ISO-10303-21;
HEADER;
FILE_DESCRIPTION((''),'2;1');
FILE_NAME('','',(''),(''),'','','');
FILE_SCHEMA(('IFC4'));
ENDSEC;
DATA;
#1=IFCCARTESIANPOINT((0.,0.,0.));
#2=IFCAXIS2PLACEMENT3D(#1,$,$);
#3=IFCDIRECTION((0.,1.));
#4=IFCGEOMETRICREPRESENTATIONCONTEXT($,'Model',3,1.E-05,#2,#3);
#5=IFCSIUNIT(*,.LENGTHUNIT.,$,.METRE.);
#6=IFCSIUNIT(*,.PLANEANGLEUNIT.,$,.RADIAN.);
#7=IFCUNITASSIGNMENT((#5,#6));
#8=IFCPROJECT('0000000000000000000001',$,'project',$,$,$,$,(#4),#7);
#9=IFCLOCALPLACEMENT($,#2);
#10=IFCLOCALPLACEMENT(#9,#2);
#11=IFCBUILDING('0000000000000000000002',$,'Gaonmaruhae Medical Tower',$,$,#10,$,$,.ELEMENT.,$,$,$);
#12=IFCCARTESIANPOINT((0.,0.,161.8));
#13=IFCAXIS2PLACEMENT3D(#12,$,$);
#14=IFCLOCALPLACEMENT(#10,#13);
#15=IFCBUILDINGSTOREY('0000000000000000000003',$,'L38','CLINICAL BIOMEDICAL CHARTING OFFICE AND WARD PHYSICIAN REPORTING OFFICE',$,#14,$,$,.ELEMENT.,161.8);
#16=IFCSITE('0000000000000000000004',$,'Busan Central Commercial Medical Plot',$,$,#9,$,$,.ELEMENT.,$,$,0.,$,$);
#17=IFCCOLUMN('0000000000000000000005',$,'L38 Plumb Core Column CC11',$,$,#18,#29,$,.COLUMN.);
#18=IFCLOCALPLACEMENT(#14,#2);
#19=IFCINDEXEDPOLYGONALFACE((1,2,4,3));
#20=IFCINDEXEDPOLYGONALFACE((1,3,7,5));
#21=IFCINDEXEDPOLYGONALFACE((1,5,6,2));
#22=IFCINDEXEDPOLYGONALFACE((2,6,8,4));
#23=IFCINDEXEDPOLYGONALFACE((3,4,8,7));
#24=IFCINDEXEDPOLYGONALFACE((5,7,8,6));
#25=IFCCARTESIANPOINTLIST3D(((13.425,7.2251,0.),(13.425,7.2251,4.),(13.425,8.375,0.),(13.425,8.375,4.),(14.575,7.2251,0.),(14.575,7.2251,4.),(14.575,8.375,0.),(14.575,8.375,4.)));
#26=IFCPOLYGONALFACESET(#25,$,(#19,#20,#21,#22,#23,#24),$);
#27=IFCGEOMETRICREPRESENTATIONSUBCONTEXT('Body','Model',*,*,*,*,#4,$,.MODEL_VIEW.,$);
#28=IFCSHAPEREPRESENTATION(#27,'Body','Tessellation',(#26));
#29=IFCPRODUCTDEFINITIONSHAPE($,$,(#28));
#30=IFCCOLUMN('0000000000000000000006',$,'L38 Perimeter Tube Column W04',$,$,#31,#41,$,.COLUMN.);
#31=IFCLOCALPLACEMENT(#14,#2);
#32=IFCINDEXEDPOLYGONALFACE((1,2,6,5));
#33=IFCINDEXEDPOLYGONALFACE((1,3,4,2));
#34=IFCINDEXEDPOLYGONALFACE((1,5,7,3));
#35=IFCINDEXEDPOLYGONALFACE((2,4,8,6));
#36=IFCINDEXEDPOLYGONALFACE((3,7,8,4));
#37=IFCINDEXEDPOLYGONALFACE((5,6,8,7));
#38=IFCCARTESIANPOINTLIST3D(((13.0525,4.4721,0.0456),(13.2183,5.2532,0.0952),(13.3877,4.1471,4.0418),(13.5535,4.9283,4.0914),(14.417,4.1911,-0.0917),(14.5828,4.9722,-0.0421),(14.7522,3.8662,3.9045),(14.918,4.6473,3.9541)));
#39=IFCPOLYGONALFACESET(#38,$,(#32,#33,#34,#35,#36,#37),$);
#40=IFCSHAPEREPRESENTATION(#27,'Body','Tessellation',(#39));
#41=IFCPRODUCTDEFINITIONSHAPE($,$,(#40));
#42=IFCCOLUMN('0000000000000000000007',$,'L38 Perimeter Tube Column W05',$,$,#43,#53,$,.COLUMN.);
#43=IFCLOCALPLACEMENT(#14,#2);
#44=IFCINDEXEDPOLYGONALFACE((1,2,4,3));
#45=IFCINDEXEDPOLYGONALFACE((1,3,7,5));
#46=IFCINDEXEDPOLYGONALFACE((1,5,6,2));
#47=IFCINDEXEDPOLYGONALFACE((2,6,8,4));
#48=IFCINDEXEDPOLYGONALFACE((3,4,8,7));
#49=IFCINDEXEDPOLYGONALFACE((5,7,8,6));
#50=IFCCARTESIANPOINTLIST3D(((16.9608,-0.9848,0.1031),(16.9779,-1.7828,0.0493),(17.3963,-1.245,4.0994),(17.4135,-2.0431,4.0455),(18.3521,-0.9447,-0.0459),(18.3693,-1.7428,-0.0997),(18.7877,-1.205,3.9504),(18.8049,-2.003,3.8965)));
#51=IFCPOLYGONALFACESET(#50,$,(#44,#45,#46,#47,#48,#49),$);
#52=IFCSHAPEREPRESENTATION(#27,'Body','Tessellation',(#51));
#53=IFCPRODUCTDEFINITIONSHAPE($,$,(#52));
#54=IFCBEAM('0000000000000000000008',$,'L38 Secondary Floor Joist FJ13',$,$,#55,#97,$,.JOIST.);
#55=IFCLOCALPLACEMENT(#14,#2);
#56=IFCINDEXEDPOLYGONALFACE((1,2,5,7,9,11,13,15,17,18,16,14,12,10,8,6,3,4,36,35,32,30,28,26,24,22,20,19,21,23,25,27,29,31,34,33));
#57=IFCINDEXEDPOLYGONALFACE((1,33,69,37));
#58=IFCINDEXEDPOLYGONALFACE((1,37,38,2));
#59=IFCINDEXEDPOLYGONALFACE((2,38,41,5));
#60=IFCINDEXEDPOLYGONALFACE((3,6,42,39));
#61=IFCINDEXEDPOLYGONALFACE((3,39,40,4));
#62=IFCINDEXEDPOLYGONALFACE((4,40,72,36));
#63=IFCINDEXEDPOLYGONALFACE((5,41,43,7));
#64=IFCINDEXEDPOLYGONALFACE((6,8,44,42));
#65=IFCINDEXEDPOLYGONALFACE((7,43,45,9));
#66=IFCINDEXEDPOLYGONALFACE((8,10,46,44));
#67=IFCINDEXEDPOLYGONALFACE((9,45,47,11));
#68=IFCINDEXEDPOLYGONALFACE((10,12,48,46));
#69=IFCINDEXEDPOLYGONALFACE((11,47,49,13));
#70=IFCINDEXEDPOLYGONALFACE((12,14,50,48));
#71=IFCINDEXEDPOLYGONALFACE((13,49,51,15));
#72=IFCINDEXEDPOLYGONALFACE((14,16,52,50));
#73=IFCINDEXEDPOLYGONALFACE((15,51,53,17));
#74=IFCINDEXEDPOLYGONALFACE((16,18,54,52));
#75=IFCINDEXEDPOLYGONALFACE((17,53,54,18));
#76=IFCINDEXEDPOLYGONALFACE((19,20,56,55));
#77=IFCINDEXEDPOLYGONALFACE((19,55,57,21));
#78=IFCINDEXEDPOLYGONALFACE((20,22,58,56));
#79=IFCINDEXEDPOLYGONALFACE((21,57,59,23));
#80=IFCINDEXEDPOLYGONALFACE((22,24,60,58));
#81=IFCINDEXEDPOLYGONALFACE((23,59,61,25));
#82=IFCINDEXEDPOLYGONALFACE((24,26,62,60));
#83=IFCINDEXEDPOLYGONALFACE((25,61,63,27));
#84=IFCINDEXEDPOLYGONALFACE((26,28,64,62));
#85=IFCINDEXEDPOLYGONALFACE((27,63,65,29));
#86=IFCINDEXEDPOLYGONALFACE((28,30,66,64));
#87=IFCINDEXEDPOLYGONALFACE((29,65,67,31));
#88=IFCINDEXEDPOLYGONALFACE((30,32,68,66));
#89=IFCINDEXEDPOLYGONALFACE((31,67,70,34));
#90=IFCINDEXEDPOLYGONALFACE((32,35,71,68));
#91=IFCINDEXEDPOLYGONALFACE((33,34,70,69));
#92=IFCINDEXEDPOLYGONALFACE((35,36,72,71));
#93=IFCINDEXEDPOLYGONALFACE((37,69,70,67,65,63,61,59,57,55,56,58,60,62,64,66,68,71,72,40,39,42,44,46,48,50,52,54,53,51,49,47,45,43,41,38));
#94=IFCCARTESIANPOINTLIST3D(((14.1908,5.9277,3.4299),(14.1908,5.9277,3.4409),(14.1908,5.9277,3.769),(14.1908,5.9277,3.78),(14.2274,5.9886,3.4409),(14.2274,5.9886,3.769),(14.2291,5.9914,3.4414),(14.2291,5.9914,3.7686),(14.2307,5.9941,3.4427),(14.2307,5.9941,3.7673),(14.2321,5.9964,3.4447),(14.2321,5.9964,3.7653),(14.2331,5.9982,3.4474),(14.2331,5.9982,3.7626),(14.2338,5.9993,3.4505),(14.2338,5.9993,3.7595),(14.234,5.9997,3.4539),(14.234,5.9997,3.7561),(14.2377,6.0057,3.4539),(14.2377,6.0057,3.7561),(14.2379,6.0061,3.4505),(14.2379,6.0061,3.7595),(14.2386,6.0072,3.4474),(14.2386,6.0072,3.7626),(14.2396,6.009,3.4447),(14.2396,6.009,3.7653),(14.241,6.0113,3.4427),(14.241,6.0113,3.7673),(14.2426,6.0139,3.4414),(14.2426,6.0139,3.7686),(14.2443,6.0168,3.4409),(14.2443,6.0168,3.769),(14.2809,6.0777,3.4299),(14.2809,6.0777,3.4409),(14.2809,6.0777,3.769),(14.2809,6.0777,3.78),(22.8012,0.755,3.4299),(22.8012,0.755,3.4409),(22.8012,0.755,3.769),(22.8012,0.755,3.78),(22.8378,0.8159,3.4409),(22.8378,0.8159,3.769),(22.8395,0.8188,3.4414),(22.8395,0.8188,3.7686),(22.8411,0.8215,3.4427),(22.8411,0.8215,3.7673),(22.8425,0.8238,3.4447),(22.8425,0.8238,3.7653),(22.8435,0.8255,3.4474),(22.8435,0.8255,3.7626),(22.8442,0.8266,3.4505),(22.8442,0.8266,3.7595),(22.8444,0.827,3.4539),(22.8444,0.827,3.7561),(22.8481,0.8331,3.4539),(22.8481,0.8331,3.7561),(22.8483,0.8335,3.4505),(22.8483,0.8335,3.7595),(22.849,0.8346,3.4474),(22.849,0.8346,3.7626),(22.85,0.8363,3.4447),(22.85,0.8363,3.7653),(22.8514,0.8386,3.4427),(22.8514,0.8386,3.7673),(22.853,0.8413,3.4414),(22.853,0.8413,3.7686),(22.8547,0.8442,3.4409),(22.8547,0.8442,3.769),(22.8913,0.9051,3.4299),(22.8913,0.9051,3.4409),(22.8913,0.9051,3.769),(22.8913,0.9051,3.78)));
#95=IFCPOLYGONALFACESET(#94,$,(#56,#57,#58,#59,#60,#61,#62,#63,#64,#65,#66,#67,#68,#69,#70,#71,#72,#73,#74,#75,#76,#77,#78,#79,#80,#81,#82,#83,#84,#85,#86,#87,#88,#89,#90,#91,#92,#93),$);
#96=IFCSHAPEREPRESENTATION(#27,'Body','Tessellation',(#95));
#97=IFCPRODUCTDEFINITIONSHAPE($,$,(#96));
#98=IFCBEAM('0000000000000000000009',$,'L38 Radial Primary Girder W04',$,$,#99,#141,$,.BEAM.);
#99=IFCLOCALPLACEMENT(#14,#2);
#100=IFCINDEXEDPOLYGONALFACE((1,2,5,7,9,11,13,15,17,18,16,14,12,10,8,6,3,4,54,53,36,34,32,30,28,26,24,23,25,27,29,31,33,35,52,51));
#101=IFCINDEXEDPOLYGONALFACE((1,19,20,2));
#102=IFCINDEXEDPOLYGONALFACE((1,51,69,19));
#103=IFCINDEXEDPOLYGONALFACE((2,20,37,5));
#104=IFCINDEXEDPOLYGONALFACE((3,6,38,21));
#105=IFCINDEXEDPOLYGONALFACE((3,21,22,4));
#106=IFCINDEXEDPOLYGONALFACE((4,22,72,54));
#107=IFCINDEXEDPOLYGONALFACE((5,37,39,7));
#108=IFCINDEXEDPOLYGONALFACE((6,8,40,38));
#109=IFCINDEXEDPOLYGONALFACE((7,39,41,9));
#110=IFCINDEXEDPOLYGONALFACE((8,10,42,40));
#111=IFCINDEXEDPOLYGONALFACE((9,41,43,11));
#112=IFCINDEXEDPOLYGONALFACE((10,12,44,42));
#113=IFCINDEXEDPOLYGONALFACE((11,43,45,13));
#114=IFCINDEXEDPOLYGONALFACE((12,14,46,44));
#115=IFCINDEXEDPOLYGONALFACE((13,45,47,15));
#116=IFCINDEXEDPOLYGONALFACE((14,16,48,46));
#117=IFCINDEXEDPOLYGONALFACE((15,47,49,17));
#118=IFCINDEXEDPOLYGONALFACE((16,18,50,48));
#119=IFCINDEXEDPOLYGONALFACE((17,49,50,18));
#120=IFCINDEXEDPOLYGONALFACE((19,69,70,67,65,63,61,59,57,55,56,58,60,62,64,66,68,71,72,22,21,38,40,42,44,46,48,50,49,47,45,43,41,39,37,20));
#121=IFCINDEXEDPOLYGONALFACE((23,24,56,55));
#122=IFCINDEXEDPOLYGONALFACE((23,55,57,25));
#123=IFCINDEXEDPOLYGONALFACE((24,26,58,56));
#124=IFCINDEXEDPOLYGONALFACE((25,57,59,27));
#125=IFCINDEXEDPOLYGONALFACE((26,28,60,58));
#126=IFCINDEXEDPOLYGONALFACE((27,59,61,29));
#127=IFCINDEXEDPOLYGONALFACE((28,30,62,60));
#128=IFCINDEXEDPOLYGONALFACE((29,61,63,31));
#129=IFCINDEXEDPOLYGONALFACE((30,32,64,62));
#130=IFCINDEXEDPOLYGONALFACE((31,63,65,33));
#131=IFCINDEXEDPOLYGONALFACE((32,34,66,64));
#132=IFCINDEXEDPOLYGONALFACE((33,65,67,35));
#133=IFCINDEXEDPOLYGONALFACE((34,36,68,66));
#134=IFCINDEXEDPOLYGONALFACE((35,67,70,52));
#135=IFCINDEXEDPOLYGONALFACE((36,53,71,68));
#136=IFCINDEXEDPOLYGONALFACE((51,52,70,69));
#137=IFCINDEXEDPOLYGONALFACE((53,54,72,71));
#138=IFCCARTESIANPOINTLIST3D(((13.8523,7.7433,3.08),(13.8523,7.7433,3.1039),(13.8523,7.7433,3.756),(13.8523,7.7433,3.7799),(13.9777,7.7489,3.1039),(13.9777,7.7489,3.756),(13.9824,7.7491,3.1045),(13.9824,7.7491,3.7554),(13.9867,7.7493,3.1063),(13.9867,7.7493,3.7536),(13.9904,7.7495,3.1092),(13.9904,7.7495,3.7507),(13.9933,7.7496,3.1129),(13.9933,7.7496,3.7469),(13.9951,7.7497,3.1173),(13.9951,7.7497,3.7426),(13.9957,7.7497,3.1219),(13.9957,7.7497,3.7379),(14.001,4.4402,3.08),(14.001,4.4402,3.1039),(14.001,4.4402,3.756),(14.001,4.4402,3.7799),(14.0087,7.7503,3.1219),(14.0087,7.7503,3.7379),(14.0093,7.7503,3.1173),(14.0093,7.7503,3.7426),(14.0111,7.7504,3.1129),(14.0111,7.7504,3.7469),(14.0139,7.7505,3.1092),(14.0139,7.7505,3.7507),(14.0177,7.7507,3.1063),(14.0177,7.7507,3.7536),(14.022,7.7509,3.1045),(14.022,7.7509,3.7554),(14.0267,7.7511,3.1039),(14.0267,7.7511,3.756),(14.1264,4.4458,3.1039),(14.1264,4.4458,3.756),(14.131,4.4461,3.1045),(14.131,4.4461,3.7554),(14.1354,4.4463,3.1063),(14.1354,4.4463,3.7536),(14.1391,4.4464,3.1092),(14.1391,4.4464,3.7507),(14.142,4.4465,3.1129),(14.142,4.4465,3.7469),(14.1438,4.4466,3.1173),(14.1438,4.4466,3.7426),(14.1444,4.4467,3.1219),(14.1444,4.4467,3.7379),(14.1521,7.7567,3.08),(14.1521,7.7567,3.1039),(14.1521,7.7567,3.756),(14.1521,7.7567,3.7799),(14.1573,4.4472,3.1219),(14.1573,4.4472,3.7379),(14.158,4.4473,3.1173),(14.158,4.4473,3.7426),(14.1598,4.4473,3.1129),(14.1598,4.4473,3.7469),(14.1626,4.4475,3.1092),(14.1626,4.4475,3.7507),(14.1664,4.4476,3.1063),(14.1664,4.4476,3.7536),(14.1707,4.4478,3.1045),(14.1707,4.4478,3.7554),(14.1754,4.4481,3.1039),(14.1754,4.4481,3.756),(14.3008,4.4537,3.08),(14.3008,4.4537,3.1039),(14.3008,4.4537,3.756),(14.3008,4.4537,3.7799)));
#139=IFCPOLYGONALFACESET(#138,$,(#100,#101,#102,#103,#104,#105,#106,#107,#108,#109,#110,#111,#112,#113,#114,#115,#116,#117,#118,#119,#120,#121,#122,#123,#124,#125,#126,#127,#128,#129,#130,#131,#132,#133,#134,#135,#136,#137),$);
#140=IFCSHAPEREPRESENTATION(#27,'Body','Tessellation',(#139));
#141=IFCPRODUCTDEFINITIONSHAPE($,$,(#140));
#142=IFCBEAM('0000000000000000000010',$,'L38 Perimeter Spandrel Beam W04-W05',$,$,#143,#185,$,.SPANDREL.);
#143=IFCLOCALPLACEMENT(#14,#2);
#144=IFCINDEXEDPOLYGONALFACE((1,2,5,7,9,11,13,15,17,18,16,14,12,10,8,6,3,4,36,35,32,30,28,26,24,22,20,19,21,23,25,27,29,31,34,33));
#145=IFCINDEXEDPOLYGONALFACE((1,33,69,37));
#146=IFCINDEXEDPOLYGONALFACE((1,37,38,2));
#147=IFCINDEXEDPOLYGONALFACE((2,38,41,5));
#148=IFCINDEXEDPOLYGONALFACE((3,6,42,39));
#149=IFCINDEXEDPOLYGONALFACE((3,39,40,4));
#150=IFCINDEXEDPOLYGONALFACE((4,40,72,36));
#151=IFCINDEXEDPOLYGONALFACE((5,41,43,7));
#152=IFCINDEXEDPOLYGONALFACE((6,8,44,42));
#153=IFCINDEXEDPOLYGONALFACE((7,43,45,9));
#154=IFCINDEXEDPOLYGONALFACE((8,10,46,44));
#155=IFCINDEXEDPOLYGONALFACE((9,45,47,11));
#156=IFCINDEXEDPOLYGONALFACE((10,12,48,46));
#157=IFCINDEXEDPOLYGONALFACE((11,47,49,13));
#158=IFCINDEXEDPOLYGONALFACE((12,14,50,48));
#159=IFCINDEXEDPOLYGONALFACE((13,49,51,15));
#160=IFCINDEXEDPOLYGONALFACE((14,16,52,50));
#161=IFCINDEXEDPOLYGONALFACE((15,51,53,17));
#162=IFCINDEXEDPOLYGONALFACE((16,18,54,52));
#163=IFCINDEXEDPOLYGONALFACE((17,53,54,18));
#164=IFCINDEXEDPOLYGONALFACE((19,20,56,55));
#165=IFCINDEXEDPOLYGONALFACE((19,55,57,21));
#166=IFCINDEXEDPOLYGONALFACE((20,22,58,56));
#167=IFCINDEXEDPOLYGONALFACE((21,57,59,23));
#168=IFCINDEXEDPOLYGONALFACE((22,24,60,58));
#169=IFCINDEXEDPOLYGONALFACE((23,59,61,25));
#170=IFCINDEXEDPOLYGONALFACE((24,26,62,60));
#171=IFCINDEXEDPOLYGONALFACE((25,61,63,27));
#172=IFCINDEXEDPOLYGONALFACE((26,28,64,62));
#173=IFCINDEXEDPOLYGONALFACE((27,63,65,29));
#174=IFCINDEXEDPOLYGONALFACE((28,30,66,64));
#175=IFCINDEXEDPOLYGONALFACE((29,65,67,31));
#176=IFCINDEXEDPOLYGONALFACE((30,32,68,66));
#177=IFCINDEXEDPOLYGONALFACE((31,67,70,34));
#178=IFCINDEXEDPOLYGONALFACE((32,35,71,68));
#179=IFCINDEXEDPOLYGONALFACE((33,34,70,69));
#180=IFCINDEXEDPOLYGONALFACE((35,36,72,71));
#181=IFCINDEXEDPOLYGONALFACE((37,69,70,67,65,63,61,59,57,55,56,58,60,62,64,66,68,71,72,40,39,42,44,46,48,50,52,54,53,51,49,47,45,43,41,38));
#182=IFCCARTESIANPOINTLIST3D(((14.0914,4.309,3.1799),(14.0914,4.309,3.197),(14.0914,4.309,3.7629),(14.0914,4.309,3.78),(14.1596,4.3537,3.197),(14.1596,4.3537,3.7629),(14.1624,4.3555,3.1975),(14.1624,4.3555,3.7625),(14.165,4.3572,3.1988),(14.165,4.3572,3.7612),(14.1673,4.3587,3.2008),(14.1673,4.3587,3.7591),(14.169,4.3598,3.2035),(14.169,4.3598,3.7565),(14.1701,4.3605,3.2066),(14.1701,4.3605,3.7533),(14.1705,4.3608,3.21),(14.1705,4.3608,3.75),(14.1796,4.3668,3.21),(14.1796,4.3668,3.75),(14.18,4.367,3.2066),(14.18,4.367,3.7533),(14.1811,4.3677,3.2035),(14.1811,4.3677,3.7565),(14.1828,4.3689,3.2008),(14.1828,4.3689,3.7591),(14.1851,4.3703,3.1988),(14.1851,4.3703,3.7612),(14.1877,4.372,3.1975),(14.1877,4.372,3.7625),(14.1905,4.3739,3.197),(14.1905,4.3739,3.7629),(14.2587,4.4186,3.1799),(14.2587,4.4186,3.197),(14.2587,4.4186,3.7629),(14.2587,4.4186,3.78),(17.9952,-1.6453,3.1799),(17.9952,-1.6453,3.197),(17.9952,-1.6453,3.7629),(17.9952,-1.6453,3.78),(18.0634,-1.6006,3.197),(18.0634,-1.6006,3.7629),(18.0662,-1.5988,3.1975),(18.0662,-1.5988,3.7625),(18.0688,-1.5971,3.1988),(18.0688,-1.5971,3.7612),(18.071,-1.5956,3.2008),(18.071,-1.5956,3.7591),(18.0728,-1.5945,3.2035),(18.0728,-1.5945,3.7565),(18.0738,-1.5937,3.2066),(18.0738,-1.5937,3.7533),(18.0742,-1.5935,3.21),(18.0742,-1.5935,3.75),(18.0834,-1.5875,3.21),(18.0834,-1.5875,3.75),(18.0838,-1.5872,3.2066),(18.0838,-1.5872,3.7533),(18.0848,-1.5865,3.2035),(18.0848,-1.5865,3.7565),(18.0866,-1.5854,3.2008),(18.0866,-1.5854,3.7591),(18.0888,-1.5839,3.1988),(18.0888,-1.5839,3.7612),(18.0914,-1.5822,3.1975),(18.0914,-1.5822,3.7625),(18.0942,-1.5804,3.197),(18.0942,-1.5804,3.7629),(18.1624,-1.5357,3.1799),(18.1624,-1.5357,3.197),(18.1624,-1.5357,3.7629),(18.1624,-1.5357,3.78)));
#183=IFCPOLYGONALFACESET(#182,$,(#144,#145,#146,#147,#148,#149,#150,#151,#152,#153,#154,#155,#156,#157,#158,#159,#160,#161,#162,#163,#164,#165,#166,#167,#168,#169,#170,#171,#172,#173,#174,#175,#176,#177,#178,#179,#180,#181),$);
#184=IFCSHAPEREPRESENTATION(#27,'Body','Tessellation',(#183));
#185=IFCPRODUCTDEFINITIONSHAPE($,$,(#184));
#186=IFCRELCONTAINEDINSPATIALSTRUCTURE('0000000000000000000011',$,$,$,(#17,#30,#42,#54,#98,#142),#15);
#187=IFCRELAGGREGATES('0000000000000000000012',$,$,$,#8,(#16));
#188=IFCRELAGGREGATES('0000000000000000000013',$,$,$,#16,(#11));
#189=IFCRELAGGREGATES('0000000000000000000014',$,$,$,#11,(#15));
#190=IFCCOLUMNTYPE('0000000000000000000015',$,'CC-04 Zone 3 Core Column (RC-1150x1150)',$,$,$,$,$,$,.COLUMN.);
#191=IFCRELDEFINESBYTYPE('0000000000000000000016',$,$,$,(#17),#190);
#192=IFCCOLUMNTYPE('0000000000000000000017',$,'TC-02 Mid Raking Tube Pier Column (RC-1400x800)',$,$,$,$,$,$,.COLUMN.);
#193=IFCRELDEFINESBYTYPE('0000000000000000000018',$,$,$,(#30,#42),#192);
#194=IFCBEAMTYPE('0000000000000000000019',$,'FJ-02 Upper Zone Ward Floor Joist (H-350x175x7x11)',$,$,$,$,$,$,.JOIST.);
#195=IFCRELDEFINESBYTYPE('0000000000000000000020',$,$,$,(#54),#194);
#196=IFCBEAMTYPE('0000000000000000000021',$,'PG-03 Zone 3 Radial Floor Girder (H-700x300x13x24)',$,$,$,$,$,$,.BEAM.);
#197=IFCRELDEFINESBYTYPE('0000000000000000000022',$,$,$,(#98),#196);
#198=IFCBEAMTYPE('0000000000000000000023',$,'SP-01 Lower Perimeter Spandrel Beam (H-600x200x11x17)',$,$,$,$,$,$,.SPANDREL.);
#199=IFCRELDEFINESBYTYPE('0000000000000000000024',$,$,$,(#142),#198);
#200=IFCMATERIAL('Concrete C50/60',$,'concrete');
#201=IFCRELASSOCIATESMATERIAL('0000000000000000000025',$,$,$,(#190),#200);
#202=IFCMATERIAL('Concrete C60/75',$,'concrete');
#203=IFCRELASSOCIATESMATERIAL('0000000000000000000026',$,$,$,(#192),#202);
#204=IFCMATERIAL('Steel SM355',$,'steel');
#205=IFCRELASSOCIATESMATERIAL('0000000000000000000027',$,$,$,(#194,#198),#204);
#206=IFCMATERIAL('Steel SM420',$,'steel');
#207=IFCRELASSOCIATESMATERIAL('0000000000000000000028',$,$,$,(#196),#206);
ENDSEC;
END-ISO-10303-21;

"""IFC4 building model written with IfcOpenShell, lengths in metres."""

from ifc_helpers import new_model, si_unit, direction, frame, origin, origin_2d, place, context, subcontext, project, spatial, rectangle, i_section, extrude, material, material_profile, profile_set, type_object, element, save


model = new_model("IFC4")

# Units and contexts
model_context = context("Model", 3, precision=1e-05, world=origin(), true_north=direction((0.0, 1.0)))
body_context = subcontext(model_context, "Body", "Model", "MODEL_VIEW")
ifc_project = project(units=[si_unit("LENGTHUNIT", "METRE"), si_unit("PLANEANGLEUNIT", "RADIAN")], contexts=[model_context])

# Site, building, storey
site_placement = place(None, origin())
site = spatial("IfcSite", under=ifc_project, at=site_placement, Name="Busan Central Commercial Medical Plot", CompositionType="ELEMENT", RefElevation=0.0)
building_placement = place(site_placement, origin())
building = spatial("IfcBuilding", under=site, at=building_placement, Name="Gaonmaruhae Medical Tower", CompositionType="ELEMENT")
storey_placement = place(building_placement, frame((0.0, 0.0, 161.8)))
storey = spatial("IfcBuildingStorey", under=building, at=storey_placement, Name="L38", Description="CLINICAL BIOMEDICAL CHARTING OFFICE AND WARD PHYSICIAN REPORTING OFFICE", CompositionType="ELEMENT", Elevation=161.8)

# Columns
ifc_material_1 = material(Name="Concrete C50/60", Category="concrete")
ifc_material_profile_1 = material_profile(ifc_material_1, rectangle(XDim=1.1499, YDim=1.1499, at=origin_2d()), Name="RC-1150x1150")
ifc_profile_set_1 = profile_set([ifc_material_profile_1], Name="Concrete C50/60")
column_type_1 = type_object("IfcColumnType", Name="CC-04 Zone 3 Core Column (RC-1150x1150)", PredefinedType="COLUMN", material=ifc_profile_set_1)
column_1_placement = place(storey_placement, frame((14.0, 7.8, 0.0), z_axis=(0.0, 0.0, 1.0), x_axis=(1.0, 0.0, 0.0)))
element("IfcColumn", 1, at=column_1_placement, inside=storey, type_object=column_type_1, Name="L38 Plumb Core Column CC11", PredefinedType="COLUMN", context=body_context, shape_type="SweptSolid", body=[
    extrude(rectangle(XDim=1.1499, YDim=1.1499, at=origin_2d()), origin(), (0.0, 0.0, 1.0), 4.0),
])
ifc_material_2 = material(Name="Concrete C60/75", Category="concrete")
ifc_material_profile_2 = material_profile(ifc_material_2, rectangle(XDim=1.3999, YDim=0.8, at=origin_2d()), Name="RC-1400x800")
ifc_profile_set_2 = profile_set([ifc_material_profile_2], Name="Concrete C60/75")
column_type_2 = type_object("IfcColumnType", Name="TC-02 Mid Raking Tube Pier Column (RC-1400x800)", PredefinedType="COLUMN", material=ifc_profile_set_2)
column_2_placement = place(storey_placement, frame((13.8176, 4.7222, 0.0017), z_axis=(0.083312, -0.080763, 0.993245), x_axis=(-0.974732, 0.200695, 0.098078)))
element("IfcColumn", 2, at=column_2_placement, inside=storey, type_object=column_type_2, Name="L38 Perimeter Tube Column W04", PredefinedType="COLUMN", context=body_context, shape_type="SweptSolid", body=[
    extrude(rectangle(XDim=1.3999, YDim=0.8, at=origin_2d()), origin(), (0.0, 0.0, 1.0), 4.0234),
])
column_3_placement = place(storey_placement, frame((17.665, -1.3638, 0.0017), z_axis=(0.108119, -0.064604, 0.992037), x_axis=(-0.993906, -0.028587, 0.106461)))
element("IfcColumn", 3, at=column_3_placement, inside=storey, type_object=column_type_2, Name="L38 Perimeter Tube Column W05", PredefinedType="COLUMN", context=body_context, shape_type="SweptSolid", body=[
    extrude(rectangle(XDim=1.3999, YDim=0.8, at=origin_2d()), origin(), (0.0, 0.0, 1.0), 4.0283),
])

# Beams
ifc_material_3 = material(Name="Steel SM355", Category="steel")
ifc_material_profile_3 = material_profile(ifc_material_3, i_section(OverallWidth=0.175, OverallDepth=0.3501, WebThickness=0.0071, FlangeThickness=0.011, FilletRadius=0.0129, at=origin_2d()), Name="H-350x175x7x11")
ifc_profile_set_3 = profile_set([ifc_material_profile_3], Name="Steel SM355")
beam_type_1 = type_object("IfcBeamType", Name="FJ-02 Upper Zone Ward Floor Joist (H-350x175x7x11)", PredefinedType="JOIST", material=ifc_profile_set_3)
beam_1_placement = place(storey_placement, frame((14.2358, 6.0027, 3.605), z_axis=(0.857212, -0.514964, 0.0), x_axis=(0.514964, 0.857212, 0.0)))
element("IfcBeam", 4, at=beam_1_placement, inside=storey, type_object=beam_type_1, Name="L38 Secondary Floor Joist FJ13", PredefinedType="JOIST", context=body_context, shape_type="SweptSolid", body=[
    extrude(i_section(OverallWidth=0.175, OverallDepth=0.3501, WebThickness=0.0071, FlangeThickness=0.011, FilletRadius=0.0129, at=origin_2d()), origin(), (0.0, 0.0, 1.0), 10.0447),
])
ifc_material_4 = material(Name="Steel SM420", Category="steel")
ifc_material_profile_4 = material_profile(ifc_material_4, i_section(OverallWidth=0.3, OverallDepth=0.7, WebThickness=0.0129, FlangeThickness=0.0239, FilletRadius=0.0181, at=origin_2d()), Name="H-700x300x13x24")
ifc_profile_set_4 = profile_set([ifc_material_profile_4], Name="Steel SM420")
beam_type_2 = type_object("IfcBeamType", Name="PG-03 Zone 3 Radial Floor Girder (H-700x300x13x24)", PredefinedType="BEAM", material=ifc_profile_set_4)
beam_2_placement = place(storey_placement, frame((14.0022, 7.75, 3.4299), z_axis=(0.044969, -0.998988, 0.0), x_axis=(0.998988, 0.044969, 0.0)))
element("IfcBeam", 5, at=beam_2_placement, inside=storey, type_object=beam_type_2, Name="L38 Radial Primary Girder W04", PredefinedType="BEAM", context=body_context, shape_type="SweptSolid", body=[
    extrude(i_section(OverallWidth=0.3, OverallDepth=0.7, WebThickness=0.0129, FlangeThickness=0.0239, FilletRadius=0.0181, at=origin_2d()), origin(), (0.0, 0.0, 1.0), 3.3064),
])
ifc_material_profile_5 = material_profile(ifc_material_3, i_section(OverallWidth=0.2, OverallDepth=0.6001, WebThickness=0.011, FlangeThickness=0.0171, FilletRadius=0.0129, at=origin_2d()), Name="H-600x200x11x17")
ifc_profile_set_5 = profile_set([ifc_material_profile_5], Name="Steel SM355")
beam_type_3 = type_object("IfcBeamType", Name="SP-01 Lower Perimeter Spandrel Beam (H-600x200x11x17)", PredefinedType="SPANDREL", material=ifc_profile_set_5)
beam_3_placement = place(storey_placement, frame((14.175, 4.3638, 3.48), z_axis=(0.54829, -0.836288, 0.0), x_axis=(0.836288, 0.54829, 0.0)))
element("IfcBeam", 6, at=beam_3_placement, inside=storey, type_object=beam_type_3, Name="L38 Perimeter Spandrel Beam W04-W05", PredefinedType="SPANDREL", context=body_context, shape_type="SweptSolid", body=[
    extrude(i_section(OverallWidth=0.2, OverallDepth=0.6001, WebThickness=0.011, FlangeThickness=0.0171, FilletRadius=0.0129, at=origin_2d()), origin(), (0.0, 0.0, 1.0), 7.1199),
])

save(model, "model.ifc")
